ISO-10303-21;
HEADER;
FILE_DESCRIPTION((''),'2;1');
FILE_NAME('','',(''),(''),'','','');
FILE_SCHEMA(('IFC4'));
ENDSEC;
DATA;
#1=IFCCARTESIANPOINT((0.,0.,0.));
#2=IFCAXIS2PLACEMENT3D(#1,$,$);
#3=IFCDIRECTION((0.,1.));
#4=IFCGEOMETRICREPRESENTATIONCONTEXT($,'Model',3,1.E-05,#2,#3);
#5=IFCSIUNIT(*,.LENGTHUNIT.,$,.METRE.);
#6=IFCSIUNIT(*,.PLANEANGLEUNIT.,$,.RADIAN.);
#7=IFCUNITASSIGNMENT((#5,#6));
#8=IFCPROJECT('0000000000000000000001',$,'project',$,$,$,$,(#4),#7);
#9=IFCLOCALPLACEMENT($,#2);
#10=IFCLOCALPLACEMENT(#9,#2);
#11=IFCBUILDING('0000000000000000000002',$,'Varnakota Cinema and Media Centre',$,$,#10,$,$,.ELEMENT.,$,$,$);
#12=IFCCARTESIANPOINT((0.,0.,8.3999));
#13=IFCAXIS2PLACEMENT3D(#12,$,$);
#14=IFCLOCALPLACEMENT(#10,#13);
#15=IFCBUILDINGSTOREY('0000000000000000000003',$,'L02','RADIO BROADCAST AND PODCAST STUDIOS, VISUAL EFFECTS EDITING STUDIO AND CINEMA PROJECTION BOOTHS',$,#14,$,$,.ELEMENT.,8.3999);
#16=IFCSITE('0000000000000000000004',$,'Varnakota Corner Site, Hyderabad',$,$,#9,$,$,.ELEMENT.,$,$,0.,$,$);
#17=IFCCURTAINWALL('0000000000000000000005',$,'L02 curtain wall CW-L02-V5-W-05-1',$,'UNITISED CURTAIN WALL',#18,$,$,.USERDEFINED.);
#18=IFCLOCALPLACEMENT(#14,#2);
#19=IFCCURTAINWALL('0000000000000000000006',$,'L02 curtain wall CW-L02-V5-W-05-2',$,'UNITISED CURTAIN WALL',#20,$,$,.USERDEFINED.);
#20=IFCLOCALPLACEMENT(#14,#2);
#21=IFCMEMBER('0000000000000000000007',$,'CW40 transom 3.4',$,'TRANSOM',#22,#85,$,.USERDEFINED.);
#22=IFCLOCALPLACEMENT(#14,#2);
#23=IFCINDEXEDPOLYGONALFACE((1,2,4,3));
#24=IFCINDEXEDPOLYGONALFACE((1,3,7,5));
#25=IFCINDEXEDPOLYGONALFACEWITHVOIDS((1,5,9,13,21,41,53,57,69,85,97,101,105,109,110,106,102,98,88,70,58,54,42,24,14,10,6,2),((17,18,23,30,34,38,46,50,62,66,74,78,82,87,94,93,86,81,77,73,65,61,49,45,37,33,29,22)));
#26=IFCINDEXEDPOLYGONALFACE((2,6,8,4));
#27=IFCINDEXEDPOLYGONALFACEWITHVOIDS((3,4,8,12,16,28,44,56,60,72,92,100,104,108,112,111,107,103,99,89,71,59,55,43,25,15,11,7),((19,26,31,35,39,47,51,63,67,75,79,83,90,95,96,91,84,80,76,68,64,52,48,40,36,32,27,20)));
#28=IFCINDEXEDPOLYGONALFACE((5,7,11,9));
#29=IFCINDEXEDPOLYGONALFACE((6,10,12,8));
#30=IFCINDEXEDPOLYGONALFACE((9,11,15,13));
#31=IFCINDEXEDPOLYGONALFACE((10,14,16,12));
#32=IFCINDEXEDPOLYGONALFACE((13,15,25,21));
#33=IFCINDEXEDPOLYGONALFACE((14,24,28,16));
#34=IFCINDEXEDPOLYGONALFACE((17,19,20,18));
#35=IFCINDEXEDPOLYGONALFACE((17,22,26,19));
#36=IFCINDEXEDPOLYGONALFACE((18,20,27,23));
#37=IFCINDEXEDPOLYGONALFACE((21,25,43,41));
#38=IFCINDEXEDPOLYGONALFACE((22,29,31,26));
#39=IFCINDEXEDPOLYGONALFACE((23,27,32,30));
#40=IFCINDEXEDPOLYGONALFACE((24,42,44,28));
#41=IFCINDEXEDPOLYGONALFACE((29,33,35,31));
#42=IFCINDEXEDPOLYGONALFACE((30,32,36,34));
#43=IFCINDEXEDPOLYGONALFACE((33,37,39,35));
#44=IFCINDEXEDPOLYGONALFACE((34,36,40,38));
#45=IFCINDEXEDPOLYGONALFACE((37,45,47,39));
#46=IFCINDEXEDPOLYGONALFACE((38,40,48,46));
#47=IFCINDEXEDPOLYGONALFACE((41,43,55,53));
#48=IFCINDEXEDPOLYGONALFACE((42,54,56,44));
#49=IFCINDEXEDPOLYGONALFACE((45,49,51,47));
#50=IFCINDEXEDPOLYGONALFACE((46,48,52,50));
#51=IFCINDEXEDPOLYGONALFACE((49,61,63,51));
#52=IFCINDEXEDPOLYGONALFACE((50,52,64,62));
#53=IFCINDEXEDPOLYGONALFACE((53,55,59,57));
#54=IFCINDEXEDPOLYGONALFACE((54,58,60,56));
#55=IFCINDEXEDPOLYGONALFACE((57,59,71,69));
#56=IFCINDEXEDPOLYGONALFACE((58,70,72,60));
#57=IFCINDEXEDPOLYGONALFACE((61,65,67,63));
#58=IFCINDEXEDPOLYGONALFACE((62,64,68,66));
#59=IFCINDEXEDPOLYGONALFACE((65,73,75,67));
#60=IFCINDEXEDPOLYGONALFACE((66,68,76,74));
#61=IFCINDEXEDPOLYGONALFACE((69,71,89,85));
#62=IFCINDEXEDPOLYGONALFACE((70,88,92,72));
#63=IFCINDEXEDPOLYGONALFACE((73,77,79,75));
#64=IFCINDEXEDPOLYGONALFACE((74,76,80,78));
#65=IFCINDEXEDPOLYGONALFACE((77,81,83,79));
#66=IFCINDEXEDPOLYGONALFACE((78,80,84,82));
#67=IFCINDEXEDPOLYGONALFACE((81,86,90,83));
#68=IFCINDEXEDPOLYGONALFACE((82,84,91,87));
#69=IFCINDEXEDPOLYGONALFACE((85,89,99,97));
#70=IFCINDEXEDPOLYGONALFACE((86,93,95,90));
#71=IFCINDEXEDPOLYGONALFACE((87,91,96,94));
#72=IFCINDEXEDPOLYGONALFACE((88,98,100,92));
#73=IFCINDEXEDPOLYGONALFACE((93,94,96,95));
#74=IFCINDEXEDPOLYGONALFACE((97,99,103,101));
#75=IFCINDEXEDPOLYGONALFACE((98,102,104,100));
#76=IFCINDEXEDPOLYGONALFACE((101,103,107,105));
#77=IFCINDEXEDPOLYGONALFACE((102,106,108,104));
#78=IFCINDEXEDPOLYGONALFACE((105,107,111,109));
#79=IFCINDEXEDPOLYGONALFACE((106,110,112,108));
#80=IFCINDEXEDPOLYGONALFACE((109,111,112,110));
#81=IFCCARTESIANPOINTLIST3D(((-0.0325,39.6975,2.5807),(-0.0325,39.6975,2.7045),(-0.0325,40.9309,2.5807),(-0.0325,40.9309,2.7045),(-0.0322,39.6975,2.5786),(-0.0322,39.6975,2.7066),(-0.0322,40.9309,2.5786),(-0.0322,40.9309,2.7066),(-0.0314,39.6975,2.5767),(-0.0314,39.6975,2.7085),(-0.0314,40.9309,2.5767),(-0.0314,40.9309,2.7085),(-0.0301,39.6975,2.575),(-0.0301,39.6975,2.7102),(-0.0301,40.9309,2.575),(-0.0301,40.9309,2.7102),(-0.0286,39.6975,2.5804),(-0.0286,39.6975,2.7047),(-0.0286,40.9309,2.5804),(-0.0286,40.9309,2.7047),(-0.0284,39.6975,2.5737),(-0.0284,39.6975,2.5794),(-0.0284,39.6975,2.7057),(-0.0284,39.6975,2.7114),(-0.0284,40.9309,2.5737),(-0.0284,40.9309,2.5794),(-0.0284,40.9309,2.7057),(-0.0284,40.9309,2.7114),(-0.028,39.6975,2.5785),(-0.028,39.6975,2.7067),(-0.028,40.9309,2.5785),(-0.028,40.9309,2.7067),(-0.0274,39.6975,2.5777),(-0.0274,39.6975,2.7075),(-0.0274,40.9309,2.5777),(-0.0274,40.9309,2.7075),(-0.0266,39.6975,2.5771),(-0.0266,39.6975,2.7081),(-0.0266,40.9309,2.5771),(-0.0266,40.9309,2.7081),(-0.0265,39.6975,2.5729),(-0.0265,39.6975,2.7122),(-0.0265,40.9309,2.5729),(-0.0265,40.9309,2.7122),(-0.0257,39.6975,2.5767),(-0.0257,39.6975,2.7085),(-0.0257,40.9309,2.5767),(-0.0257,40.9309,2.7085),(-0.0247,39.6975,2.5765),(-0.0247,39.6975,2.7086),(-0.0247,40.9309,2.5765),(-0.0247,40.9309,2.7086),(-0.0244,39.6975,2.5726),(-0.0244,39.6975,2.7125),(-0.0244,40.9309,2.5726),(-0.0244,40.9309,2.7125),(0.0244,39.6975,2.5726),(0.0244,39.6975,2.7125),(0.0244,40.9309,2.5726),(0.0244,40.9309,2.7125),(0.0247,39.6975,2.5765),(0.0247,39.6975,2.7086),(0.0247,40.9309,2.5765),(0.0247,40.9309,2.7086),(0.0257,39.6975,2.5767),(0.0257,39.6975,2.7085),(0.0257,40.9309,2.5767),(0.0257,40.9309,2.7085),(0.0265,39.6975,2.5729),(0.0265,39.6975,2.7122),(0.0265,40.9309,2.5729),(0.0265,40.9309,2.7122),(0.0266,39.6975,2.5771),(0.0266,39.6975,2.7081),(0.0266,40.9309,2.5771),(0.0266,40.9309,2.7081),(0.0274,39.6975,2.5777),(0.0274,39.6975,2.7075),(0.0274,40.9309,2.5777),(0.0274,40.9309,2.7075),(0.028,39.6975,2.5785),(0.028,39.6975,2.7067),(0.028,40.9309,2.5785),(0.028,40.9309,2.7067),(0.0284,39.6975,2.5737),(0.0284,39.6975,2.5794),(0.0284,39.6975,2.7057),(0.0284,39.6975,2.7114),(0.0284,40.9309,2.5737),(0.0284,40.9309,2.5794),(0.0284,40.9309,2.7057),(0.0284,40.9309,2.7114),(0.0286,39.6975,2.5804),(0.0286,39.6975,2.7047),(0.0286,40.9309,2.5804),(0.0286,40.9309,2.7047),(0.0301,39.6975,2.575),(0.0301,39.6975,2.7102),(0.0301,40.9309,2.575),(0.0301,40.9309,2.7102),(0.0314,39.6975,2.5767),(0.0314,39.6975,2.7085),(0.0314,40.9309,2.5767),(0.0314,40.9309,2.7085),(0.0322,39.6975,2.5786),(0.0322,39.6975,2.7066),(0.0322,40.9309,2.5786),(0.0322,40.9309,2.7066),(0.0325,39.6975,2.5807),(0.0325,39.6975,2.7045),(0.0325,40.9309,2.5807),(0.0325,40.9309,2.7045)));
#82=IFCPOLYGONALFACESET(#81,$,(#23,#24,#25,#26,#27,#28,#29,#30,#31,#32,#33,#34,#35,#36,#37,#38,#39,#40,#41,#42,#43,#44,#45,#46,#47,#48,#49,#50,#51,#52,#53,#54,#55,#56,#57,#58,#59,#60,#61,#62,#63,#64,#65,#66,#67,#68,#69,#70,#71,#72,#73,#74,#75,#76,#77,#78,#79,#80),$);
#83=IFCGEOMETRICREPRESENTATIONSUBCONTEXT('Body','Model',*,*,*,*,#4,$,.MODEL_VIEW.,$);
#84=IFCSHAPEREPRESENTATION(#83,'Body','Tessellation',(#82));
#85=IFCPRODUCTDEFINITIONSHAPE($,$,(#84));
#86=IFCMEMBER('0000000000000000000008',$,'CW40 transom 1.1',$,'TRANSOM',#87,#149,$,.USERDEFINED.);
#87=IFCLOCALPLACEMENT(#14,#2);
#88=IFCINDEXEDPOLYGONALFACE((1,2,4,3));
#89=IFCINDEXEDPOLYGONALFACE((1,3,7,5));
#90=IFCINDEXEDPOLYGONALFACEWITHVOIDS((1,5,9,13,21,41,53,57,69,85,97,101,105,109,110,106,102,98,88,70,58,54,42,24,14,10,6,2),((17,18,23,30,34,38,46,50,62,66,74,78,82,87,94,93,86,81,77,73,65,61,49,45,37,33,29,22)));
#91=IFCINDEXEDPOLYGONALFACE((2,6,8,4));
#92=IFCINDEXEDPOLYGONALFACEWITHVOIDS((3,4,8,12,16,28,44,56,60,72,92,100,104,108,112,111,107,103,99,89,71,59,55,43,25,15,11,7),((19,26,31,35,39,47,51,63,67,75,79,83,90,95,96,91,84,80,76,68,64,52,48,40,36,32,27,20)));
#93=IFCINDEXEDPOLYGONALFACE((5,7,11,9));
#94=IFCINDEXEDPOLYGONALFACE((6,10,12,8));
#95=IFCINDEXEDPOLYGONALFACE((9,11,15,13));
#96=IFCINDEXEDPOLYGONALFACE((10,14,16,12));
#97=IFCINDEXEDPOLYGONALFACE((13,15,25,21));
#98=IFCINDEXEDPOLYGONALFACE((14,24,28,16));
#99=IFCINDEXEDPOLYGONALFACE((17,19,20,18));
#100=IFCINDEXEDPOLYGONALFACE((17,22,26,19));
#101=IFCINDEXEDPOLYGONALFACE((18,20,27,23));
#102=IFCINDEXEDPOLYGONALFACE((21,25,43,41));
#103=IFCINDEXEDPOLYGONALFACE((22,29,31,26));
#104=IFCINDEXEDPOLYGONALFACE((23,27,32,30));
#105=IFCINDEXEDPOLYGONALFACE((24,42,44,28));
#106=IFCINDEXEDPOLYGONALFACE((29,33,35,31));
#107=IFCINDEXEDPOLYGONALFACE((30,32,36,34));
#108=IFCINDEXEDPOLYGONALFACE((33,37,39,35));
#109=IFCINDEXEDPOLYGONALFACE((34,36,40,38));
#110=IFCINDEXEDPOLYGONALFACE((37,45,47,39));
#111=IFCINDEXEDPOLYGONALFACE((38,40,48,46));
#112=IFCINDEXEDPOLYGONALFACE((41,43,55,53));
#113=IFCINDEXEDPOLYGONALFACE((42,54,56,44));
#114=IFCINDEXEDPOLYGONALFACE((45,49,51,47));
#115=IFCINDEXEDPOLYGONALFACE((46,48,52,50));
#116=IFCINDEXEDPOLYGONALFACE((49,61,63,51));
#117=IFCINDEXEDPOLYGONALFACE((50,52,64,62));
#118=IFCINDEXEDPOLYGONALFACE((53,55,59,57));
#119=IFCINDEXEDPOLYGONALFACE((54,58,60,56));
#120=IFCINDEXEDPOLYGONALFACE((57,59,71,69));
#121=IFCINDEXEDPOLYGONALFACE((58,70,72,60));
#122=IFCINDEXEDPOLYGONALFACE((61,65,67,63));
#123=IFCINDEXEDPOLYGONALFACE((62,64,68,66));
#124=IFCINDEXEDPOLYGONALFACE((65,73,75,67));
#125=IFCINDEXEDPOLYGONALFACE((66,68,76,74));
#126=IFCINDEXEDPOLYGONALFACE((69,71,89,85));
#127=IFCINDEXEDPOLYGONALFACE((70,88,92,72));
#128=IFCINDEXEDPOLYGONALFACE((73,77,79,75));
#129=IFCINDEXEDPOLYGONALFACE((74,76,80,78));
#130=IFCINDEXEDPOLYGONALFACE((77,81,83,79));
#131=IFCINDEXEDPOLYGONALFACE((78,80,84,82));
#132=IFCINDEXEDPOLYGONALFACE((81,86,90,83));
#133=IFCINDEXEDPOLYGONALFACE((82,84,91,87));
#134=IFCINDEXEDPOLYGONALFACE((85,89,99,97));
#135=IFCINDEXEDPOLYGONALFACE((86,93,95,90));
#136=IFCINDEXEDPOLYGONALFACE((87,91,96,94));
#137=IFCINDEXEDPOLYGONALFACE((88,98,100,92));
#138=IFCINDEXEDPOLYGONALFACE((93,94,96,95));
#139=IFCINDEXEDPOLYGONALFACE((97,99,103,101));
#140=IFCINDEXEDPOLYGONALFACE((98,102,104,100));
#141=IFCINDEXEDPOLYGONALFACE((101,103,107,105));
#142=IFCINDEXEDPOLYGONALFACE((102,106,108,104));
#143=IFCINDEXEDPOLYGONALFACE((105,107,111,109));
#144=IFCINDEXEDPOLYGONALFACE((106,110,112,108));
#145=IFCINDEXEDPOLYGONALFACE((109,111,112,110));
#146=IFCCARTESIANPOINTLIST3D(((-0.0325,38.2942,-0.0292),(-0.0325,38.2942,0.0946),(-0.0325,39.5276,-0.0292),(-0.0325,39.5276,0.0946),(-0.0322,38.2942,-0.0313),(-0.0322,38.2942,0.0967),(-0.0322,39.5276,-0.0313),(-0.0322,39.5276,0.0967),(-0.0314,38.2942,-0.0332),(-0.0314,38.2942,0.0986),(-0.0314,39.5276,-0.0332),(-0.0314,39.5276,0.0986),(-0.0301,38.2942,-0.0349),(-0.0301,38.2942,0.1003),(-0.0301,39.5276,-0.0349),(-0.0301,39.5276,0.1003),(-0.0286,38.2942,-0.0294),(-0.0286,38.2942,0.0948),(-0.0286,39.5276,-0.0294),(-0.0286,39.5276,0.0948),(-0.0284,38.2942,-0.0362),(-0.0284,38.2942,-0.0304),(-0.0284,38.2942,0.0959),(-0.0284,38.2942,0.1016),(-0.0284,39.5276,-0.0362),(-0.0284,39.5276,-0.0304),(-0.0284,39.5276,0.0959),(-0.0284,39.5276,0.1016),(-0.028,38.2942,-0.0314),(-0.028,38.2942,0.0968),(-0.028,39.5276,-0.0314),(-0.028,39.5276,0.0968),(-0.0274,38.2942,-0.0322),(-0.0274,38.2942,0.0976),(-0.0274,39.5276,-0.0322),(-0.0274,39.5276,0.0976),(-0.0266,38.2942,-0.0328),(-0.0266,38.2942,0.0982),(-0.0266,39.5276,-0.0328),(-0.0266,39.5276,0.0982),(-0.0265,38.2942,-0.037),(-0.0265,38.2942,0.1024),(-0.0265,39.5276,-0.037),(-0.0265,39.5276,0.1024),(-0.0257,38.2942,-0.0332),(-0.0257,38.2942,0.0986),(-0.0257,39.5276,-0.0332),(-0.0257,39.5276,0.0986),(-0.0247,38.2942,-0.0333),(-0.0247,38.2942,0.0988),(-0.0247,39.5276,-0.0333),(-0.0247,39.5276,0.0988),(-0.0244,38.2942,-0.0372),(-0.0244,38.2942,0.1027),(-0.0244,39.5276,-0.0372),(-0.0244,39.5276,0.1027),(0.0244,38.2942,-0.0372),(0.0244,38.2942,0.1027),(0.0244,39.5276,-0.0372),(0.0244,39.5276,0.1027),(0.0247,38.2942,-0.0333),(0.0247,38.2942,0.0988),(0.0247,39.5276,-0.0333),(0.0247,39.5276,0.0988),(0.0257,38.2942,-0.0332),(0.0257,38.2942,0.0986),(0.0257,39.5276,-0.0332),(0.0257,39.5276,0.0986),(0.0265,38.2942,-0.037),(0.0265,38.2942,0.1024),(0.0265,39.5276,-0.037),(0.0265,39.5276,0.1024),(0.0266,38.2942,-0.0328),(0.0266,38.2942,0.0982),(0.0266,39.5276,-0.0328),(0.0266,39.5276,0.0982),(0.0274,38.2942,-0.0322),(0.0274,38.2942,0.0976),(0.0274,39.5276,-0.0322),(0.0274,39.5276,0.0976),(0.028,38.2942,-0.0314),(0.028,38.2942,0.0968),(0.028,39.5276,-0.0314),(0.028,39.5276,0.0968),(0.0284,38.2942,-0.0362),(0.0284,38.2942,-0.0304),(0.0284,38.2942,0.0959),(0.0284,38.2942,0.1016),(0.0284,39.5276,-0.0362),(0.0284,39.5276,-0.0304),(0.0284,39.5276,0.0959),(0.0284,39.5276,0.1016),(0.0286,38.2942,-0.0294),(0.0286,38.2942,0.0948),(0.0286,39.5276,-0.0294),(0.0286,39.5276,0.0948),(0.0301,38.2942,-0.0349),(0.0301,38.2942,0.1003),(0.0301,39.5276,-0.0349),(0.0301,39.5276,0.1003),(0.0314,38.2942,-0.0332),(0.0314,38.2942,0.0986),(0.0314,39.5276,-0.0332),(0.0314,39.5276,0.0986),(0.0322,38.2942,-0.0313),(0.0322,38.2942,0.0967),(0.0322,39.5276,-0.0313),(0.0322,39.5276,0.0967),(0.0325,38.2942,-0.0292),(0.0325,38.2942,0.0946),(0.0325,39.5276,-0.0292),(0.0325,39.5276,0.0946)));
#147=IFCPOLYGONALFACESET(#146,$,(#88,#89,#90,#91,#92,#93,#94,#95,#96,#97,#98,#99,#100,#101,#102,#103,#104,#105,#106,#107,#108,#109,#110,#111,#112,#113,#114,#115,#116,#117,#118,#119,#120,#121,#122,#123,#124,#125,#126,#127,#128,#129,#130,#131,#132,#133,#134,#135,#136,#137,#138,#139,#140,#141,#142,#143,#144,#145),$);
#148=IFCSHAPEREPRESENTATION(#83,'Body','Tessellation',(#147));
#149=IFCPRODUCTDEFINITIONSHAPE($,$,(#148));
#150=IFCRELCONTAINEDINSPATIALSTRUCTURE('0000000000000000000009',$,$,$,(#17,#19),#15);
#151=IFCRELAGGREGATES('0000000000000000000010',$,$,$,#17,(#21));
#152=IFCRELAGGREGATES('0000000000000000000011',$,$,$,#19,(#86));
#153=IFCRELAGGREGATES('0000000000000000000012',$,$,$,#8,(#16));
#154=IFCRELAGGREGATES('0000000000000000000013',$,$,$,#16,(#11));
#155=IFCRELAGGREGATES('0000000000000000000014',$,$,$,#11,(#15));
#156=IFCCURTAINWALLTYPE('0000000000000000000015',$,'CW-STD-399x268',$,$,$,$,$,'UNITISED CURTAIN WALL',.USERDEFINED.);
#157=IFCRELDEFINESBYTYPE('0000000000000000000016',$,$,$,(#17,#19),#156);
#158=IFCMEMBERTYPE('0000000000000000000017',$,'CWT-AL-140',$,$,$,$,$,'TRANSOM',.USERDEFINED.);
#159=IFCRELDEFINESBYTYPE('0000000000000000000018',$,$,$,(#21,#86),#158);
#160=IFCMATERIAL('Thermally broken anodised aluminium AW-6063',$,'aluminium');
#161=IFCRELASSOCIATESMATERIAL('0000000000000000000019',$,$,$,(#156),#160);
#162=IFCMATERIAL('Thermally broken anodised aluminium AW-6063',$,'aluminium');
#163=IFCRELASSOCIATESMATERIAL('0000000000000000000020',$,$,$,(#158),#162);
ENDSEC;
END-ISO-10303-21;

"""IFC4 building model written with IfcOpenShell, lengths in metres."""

from ifc_helpers import new_model, si_unit, direction, frame, origin, origin_2d, place, context, subcontext, project, spatial, hollow_rectangle, extrude, material, material_profile, profile_set, type_object, element, aggregate, save


model = new_model("IFC4")

# Units and contexts
model_context = context("Model", 3, precision=1e-05, world=origin(), true_north=direction((0.0, 1.0)))
body_context = subcontext(model_context, "Body", "Model", "MODEL_VIEW")
ifc_project = project(units=[si_unit("LENGTHUNIT", "METRE"), si_unit("PLANEANGLEUNIT", "RADIAN")], contexts=[model_context])

# Site, building, storey
site_placement = place(None, origin())
site = spatial("IfcSite", under=ifc_project, at=site_placement, Name="Varnakota Corner Site, Hyderabad", CompositionType="ELEMENT", RefElevation=0.0)
building_placement = place(site_placement, origin())
building = spatial("IfcBuilding", under=site, at=building_placement, Name="Varnakota Cinema and Media Centre", CompositionType="ELEMENT")
storey_placement = place(building_placement, frame((0.0, 0.0, 8.3999)))
storey = spatial("IfcBuildingStorey", under=building, at=storey_placement, Name="L02", Description="RADIO BROADCAST AND PODCAST STUDIOS, VISUAL EFFECTS EDITING STUDIO AND CINEMA PROJECTION BOOTHS", CompositionType="ELEMENT", Elevation=8.3999)

# Curtain walls
ifc_material_1 = material(Name="Thermally broken anodised aluminium AW-6063", Category="aluminium")
curtain_wall_type = type_object("IfcCurtainWallType", Name="CW-STD-399x268", ElementType="UNITISED CURTAIN WALL", PredefinedType="USERDEFINED", material=ifc_material_1)
curtain_wall_1_placement = place(storey_placement, origin())
curtain_wall_1 = element("IfcCurtainWall", 1, at=curtain_wall_1_placement, inside=storey, type_object=curtain_wall_type, Name="L02 curtain wall CW-L02-V5-W-05-1", ObjectType="UNITISED CURTAIN WALL", PredefinedType="USERDEFINED")
curtain_wall_2_placement = place(storey_placement, origin())
curtain_wall_2 = element("IfcCurtainWall", 2, at=curtain_wall_2_placement, inside=storey, type_object=curtain_wall_type, Name="L02 curtain wall CW-L02-V5-W-05-2", ObjectType="UNITISED CURTAIN WALL", PredefinedType="USERDEFINED")

# Members
ifc_material_2 = material(Name="Thermally broken anodised aluminium AW-6063", Category="aluminium")
ifc_material_profile_1 = material_profile(ifc_material_2, hollow_rectangle(XDim=0.0649, YDim=0.1399, WallThickness=0.0039, InnerFilletRadius=0.0039, OuterFilletRadius=0.0081, at=origin_2d()), Name="AL-TRANSOM 140x65x4")
ifc_profile_set_1 = profile_set([ifc_material_profile_1], Name="Thermally broken anodised aluminium AW-6063")
member_type_1 = type_object("IfcMemberType", Name="CWT-AL-140", ElementType="TRANSOM", PredefinedType="USERDEFINED", material=ifc_profile_set_1)
member_1_placement = place(storey_placement, frame((0.0, 40.9309, 2.6426), z_axis=(0.0, -1.0, 0.0), x_axis=(1.0, 0.0, 0.0)))
member_1 = element("IfcMember", 3, at=member_1_placement, type_object=member_type_1, Name="CW40 transom 3.4", ObjectType="TRANSOM", PredefinedType="USERDEFINED", context=body_context, shape_type="SweptSolid", body=[
    extrude(hollow_rectangle(XDim=0.0649, YDim=0.1399, WallThickness=0.0039, InnerFilletRadius=0.0039, OuterFilletRadius=0.0081, at=origin_2d()), origin(), (0.0, 0.0, 1.0), 1.2334),
])
member_2_placement = place(storey_placement, frame((0.0, 39.5276, 0.0327), z_axis=(0.0, -1.0, 0.0), x_axis=(1.0, 0.0, 0.0)))
member_2 = element("IfcMember", 4, at=member_2_placement, type_object=member_type_1, Name="CW40 transom 1.1", ObjectType="TRANSOM", PredefinedType="USERDEFINED", context=body_context, shape_type="SweptSolid", body=[
    extrude(hollow_rectangle(XDim=0.0649, YDim=0.1399, WallThickness=0.0039, InnerFilletRadius=0.0039, OuterFilletRadius=0.0081, at=origin_2d()), origin(), (0.0, 0.0, 1.0), 1.2334),
])

aggregate(curtain_wall_1, [member_1])
aggregate(curtain_wall_2, [member_2])

save(model, "model.ifc")
